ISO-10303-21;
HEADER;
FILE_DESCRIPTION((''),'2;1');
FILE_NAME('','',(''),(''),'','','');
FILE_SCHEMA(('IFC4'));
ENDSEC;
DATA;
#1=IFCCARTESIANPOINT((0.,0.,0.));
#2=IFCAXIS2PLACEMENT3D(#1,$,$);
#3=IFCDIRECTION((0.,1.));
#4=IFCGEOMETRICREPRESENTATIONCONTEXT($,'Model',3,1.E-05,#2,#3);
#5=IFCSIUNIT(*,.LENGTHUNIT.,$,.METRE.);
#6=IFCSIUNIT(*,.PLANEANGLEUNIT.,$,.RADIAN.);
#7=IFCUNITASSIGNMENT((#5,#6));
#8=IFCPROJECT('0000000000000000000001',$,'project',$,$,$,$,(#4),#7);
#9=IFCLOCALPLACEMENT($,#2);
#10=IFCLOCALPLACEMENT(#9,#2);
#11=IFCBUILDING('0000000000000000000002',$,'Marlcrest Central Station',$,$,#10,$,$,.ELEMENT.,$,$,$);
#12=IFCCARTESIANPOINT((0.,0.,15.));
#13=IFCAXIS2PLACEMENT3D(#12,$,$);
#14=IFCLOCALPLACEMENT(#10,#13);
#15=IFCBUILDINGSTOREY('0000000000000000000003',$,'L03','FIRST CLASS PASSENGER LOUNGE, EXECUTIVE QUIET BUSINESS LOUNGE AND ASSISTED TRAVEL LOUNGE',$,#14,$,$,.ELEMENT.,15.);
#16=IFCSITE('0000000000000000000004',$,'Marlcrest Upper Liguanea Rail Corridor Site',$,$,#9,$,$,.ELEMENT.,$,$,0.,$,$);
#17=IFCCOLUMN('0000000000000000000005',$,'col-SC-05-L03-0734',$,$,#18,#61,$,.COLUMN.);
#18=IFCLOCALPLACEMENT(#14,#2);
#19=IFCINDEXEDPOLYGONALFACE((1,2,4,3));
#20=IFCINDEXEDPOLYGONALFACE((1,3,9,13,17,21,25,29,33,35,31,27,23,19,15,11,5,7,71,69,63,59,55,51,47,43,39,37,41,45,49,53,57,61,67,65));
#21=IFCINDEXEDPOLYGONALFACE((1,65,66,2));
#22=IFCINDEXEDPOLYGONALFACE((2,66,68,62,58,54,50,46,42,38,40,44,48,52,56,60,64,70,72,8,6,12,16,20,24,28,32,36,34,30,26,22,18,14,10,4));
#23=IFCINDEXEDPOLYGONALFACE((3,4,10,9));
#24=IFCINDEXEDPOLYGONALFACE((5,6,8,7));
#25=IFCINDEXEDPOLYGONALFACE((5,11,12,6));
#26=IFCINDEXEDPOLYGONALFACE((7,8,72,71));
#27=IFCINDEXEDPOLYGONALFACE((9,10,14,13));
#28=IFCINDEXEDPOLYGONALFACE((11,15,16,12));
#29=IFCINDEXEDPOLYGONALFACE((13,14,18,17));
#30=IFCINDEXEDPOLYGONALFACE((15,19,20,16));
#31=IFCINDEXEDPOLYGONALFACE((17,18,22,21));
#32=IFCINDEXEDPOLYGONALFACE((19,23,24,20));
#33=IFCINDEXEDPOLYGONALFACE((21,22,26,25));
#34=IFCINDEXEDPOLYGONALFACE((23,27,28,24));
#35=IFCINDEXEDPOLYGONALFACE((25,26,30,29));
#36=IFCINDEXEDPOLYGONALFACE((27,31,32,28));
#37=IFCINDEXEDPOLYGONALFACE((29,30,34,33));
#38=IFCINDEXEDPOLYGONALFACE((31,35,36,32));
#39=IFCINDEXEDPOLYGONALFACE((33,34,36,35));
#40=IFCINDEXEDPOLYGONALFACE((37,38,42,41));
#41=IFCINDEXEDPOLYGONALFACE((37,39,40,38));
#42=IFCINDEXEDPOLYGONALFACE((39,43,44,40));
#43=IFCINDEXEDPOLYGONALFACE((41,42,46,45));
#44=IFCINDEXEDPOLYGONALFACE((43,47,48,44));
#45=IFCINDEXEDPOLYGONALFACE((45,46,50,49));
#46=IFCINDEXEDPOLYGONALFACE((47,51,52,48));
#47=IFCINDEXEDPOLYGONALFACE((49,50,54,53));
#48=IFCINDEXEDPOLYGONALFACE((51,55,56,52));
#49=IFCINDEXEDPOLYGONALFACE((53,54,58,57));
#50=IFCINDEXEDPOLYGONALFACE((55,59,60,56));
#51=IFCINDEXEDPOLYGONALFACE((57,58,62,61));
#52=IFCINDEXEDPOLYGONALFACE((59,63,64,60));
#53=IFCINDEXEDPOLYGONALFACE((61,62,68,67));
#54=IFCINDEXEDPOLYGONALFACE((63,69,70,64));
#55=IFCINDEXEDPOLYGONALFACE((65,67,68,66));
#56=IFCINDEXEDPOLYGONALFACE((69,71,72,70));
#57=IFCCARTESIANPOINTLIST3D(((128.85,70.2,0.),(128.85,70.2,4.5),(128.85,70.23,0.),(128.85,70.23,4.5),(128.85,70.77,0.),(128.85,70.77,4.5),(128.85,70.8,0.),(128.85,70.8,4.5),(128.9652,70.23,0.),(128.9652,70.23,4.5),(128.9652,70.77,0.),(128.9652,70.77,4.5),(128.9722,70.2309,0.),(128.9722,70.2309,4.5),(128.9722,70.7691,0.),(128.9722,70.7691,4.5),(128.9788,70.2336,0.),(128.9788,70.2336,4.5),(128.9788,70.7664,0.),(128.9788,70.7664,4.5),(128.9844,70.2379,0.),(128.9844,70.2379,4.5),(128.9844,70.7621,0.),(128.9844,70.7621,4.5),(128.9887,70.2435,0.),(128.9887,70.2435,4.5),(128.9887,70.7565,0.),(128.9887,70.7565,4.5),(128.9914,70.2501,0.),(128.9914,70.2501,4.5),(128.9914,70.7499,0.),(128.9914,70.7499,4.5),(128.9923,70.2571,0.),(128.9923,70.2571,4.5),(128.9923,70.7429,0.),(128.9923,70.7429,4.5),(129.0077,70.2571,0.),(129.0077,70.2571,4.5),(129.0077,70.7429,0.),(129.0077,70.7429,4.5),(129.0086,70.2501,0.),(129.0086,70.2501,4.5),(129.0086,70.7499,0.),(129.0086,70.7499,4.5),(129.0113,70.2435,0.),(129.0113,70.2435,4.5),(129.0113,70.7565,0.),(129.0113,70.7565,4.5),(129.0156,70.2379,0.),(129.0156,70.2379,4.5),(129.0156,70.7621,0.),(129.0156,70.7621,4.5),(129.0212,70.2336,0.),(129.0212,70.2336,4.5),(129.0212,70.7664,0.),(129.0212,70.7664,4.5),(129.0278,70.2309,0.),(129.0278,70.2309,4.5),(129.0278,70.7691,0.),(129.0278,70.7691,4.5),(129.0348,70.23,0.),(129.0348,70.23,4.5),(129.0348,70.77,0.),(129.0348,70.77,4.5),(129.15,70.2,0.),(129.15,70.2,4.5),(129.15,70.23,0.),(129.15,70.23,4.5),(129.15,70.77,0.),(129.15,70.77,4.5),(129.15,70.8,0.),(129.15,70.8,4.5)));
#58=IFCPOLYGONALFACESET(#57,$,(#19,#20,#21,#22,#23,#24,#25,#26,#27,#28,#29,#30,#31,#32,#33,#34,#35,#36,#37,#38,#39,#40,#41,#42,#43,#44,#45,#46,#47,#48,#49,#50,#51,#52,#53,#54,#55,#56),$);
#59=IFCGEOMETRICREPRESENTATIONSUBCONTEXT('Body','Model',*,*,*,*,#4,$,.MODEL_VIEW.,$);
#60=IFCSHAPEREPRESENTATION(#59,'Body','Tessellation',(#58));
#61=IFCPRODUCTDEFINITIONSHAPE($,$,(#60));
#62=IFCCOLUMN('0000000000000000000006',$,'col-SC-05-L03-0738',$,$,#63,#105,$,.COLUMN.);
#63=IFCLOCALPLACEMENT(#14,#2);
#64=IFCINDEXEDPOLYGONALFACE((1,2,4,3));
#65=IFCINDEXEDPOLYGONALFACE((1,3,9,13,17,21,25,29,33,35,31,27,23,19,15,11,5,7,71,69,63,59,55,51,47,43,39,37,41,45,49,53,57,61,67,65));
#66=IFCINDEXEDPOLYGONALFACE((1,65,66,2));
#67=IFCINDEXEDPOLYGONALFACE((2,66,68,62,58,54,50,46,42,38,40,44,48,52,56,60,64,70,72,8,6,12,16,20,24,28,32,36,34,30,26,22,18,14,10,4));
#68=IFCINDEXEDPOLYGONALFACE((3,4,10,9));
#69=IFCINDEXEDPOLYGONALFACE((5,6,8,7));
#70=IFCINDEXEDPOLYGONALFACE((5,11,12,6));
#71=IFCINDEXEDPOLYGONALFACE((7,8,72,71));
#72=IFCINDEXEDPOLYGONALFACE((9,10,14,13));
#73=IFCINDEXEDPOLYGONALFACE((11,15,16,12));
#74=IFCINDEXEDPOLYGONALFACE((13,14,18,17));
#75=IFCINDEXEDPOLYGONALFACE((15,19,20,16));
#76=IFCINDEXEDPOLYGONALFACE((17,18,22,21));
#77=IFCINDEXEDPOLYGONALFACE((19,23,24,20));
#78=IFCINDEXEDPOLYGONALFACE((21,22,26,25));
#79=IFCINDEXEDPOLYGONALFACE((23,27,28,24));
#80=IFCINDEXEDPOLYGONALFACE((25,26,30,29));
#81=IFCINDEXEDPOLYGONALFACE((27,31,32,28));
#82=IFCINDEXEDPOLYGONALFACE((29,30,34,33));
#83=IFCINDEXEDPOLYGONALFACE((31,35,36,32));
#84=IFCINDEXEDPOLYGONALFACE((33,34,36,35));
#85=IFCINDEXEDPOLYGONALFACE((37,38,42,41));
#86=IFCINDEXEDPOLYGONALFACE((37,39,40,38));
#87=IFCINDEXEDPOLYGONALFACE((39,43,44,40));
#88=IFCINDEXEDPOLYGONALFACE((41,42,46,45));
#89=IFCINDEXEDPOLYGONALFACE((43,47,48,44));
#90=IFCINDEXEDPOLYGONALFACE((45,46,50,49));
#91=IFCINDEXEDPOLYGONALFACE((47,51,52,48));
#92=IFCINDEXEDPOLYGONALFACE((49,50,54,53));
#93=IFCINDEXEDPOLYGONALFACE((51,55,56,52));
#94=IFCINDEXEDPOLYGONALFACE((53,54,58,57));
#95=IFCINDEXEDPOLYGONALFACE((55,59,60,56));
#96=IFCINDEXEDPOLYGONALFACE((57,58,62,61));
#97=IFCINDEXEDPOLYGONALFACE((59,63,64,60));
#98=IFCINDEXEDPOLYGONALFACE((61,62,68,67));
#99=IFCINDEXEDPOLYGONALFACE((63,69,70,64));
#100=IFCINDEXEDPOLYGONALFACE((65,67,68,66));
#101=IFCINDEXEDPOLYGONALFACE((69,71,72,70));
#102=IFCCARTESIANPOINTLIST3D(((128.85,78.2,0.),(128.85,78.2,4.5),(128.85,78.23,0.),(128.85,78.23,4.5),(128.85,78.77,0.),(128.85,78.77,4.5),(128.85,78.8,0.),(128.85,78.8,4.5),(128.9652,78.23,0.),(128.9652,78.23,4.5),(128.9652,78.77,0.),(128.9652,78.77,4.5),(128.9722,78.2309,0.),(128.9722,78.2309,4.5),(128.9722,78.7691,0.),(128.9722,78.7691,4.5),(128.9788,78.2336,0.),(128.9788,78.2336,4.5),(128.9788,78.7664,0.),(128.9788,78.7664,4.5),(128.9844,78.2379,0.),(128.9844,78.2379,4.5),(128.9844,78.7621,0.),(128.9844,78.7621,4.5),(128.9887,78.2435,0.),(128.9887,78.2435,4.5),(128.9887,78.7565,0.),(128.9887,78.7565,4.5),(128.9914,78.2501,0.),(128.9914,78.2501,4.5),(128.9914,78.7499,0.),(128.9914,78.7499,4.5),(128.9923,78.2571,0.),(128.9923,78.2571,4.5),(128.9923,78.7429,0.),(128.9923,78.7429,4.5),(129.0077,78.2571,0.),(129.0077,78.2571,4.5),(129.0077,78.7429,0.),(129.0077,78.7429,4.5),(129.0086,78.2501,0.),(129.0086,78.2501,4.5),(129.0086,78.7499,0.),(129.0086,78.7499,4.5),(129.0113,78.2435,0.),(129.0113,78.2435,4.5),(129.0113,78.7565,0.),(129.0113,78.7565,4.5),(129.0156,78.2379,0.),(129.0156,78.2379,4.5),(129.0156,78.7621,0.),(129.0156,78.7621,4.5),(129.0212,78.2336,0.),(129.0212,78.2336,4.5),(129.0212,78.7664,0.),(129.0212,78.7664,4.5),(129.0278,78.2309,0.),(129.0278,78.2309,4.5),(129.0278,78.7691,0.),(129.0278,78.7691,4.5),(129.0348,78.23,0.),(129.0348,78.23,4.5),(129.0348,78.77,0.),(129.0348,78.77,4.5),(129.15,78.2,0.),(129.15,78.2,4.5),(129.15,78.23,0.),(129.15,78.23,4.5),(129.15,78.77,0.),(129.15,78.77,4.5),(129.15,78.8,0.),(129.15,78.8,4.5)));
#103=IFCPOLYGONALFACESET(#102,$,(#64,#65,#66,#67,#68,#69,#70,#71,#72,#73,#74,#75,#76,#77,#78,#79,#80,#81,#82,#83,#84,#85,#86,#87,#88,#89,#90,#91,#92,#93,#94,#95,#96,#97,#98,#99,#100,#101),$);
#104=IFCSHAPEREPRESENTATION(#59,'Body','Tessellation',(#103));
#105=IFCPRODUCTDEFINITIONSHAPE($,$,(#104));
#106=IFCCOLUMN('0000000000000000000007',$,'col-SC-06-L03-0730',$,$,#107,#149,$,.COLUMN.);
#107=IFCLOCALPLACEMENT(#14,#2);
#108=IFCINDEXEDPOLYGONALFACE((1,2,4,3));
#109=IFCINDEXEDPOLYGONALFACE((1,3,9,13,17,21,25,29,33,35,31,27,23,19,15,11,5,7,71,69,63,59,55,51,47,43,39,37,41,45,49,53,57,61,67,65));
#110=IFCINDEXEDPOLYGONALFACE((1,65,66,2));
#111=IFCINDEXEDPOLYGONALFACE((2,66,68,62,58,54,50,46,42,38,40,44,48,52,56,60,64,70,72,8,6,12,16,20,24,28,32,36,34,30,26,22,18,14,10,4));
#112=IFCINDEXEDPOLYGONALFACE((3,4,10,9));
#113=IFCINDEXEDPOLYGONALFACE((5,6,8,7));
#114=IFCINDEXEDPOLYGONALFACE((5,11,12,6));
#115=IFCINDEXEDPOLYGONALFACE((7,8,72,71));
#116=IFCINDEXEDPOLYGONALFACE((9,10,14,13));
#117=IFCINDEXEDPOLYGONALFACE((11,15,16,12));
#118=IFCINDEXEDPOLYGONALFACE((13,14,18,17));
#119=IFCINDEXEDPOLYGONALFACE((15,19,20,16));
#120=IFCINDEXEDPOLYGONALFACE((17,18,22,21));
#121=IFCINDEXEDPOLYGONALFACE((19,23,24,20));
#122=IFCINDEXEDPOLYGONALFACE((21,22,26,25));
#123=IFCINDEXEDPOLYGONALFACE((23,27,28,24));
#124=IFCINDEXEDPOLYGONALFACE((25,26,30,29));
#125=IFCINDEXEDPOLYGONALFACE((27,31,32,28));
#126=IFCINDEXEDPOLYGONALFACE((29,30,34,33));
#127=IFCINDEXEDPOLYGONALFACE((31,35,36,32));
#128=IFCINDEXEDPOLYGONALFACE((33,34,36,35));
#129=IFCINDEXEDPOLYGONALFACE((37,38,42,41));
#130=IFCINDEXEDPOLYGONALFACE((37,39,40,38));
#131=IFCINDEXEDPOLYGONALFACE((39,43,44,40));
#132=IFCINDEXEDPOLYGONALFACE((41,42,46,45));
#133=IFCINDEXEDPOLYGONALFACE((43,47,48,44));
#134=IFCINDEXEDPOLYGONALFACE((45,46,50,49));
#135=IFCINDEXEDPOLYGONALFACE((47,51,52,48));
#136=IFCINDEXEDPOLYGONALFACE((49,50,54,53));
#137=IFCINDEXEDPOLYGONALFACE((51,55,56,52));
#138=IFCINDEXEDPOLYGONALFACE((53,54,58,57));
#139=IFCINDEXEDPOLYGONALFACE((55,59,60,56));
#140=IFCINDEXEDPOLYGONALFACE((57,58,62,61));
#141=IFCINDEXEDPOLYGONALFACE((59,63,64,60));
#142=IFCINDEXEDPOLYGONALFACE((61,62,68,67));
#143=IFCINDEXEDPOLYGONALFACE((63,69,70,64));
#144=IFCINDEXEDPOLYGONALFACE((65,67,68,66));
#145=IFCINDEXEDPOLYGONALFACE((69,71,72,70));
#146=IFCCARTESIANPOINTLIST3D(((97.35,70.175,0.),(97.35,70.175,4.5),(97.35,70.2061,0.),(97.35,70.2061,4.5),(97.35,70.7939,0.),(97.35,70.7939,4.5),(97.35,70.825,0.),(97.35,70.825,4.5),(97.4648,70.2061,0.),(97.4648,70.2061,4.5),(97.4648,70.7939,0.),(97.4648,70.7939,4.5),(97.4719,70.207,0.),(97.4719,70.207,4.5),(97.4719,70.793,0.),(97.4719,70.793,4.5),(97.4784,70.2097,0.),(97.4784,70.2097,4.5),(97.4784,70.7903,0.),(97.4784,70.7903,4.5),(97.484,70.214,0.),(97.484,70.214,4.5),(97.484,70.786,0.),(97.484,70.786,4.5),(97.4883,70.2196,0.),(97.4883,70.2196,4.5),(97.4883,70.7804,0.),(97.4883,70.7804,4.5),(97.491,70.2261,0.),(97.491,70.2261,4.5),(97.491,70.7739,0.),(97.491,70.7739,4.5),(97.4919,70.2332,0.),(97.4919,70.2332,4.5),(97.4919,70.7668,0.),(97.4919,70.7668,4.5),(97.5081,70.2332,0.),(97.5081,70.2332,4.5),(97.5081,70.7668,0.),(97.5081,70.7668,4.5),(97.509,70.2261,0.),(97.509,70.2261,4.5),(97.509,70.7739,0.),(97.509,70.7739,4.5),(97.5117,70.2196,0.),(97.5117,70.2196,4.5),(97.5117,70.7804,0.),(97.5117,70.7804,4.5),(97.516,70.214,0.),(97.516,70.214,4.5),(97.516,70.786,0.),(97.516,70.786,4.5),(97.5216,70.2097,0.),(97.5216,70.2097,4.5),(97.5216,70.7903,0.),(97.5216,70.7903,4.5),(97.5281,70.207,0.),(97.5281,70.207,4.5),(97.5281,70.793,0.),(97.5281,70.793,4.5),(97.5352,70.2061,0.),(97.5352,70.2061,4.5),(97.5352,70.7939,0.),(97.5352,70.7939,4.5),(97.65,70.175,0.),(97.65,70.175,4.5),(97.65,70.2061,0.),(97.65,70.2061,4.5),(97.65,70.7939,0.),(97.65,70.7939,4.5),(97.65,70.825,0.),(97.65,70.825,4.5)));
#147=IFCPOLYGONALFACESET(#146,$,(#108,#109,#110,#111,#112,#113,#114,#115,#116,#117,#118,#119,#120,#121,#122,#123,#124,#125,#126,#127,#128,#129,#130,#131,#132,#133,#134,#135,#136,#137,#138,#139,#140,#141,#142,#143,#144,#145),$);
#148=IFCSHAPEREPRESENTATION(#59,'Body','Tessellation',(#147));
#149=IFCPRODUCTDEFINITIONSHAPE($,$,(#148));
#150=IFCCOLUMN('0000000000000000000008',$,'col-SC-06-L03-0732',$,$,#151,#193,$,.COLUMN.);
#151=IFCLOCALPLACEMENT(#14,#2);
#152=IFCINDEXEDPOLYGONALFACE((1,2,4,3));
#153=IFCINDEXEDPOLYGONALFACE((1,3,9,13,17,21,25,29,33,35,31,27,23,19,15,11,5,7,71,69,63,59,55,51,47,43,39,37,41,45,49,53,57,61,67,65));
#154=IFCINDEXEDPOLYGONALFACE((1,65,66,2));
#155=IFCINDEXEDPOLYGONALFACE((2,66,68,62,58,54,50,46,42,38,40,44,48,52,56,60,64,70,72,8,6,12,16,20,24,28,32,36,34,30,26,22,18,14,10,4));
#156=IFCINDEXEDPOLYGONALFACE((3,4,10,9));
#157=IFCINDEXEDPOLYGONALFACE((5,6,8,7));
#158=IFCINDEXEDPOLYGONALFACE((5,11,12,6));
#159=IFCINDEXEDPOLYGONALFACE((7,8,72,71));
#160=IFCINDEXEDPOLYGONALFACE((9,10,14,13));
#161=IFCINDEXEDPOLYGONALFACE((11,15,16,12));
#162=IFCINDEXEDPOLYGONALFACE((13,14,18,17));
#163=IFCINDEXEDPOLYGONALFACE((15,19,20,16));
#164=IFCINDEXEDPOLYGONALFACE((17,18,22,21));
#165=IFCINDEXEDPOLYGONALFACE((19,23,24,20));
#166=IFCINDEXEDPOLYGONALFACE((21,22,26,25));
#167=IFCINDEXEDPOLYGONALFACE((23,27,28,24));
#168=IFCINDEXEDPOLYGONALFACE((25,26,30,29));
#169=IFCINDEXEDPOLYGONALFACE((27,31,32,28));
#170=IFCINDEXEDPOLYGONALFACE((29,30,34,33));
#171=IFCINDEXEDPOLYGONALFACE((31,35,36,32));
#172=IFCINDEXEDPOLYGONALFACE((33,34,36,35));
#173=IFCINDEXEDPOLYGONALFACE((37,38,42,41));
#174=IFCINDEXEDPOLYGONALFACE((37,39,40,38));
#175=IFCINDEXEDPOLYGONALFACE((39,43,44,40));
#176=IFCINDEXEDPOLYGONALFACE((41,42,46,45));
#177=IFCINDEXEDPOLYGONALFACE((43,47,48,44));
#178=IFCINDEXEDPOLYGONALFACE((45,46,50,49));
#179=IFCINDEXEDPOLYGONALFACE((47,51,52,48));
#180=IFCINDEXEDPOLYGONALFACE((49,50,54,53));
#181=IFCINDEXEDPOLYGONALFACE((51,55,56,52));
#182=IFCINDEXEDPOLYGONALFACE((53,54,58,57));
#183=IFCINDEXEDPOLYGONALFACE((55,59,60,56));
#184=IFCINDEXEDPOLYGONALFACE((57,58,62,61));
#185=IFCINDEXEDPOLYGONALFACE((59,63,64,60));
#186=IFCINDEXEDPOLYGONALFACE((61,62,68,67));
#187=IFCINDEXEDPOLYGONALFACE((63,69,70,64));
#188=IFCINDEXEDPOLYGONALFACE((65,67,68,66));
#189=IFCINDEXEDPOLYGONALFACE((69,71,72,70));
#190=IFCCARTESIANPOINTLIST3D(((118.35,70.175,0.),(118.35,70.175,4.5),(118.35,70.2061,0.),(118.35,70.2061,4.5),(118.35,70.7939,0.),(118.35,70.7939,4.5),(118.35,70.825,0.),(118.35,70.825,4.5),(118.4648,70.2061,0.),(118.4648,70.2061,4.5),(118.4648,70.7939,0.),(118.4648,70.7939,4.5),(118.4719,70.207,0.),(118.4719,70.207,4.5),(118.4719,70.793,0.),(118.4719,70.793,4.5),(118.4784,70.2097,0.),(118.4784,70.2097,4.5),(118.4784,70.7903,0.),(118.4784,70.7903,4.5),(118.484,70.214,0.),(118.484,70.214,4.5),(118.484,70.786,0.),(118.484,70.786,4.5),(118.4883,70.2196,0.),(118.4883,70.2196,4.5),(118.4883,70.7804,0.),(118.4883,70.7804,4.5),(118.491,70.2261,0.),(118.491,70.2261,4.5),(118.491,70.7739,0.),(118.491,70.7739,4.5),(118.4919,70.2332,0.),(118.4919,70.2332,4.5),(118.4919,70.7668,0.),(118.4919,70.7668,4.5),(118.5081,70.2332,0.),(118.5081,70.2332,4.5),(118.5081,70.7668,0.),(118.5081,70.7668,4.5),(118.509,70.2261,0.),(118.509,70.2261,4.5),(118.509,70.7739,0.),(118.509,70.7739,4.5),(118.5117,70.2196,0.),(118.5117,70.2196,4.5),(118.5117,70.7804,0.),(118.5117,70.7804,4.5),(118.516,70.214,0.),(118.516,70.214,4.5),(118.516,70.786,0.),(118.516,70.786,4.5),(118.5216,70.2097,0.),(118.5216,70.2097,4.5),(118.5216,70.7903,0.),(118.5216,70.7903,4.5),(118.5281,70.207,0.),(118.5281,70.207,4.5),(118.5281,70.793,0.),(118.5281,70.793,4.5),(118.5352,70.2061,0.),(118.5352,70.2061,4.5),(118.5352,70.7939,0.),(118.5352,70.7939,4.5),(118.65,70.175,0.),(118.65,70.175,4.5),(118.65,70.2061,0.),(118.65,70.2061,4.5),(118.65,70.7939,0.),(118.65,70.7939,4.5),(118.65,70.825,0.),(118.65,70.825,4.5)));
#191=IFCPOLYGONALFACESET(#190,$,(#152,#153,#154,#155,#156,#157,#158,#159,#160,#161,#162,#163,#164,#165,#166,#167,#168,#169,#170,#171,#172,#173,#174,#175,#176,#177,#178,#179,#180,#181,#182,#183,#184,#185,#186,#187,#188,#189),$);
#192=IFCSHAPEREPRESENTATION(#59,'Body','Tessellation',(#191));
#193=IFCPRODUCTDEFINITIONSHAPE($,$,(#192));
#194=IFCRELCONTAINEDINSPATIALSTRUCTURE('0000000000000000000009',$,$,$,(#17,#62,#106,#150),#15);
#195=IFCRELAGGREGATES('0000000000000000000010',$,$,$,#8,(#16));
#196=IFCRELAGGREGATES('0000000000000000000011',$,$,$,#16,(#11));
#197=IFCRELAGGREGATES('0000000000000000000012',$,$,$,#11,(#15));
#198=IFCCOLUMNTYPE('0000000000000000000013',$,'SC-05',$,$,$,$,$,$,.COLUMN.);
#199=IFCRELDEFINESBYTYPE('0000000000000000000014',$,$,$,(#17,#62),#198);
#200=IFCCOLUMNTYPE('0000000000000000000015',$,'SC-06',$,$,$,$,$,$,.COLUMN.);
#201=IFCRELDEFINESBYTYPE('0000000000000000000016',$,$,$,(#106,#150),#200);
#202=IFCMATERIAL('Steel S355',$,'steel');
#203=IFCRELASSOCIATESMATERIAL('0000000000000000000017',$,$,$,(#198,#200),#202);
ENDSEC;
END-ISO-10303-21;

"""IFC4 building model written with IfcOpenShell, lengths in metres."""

from ifc_helpers import new_model, si_unit, direction, frame, origin, origin_2d, place, context, subcontext, project, spatial, i_section, extrude, material, material_profile, profile_set, type_object, element, save


model = new_model("IFC4")

# Units and contexts
model_context = context("Model", 3, precision=1e-05, world=origin(), true_north=direction((0.0, 1.0)))
body_context = subcontext(model_context, "Body", "Model", "MODEL_VIEW")
ifc_project = project(units=[si_unit("LENGTHUNIT", "METRE"), si_unit("PLANEANGLEUNIT", "RADIAN")], contexts=[model_context])

# Site, building, storey
site_placement = place(None, origin())
site = spatial("IfcSite", under=ifc_project, at=site_placement, Name="Marlcrest Upper Liguanea Rail Corridor Site", CompositionType="ELEMENT", RefElevation=0.0)
building_placement = place(site_placement, origin())
building = spatial("IfcBuilding", under=site, at=building_placement, Name="Marlcrest Central Station", CompositionType="ELEMENT")
storey_placement = place(building_placement, frame((0.0, 0.0, 15.0)))
storey = spatial("IfcBuildingStorey", under=building, at=storey_placement, Name="L03", Description="FIRST CLASS PASSENGER LOUNGE, EXECUTIVE QUIET BUSINESS LOUNGE AND ASSISTED TRAVEL LOUNGE", CompositionType="ELEMENT", Elevation=15.0)

# Columns
ifc_material_1 = material(Name="Steel S355", Category="steel")
ifc_material_profile_1 = material_profile(ifc_material_1, i_section(OverallWidth=0.3, OverallDepth=0.6001, WebThickness=0.0154, FlangeThickness=0.03, FilletRadius=0.0271, at=origin_2d()), Name="HEB 600")
ifc_profile_set_1 = profile_set([ifc_material_profile_1], Name="Steel S355")
column_type_1 = type_object("IfcColumnType", Name="SC-05", PredefinedType="COLUMN", material=ifc_profile_set_1)
for number, where, z_axis, x_axis, name in (
    (1, (129.0, 70.5, 0.0), (0.0, 0.0, 1.0), (1.0, 0.0, 0.0), "col-SC-05-L03-0734"),
    (2, (129.0, 78.5, 0.0), (0.0, 0.0, 1.0), (1.0, 0.0, 0.0), "col-SC-05-L03-0738"),
):
    element("IfcColumn", number, at=place(storey_placement, frame(where, z_axis=z_axis, x_axis=x_axis)), inside=storey, type_object=column_type_1, Name=name, PredefinedType="COLUMN", context=body_context, shape_type="SweptSolid", body=[
        extrude(i_section(OverallWidth=0.3, OverallDepth=0.6001, WebThickness=0.0154, FlangeThickness=0.03, FilletRadius=0.0271, at=origin_2d()), origin(), (0.0, 0.0, 1.0), 4.5),
    ])
ifc_material_profile_2 = material_profile(ifc_material_1, i_section(OverallWidth=0.3, OverallDepth=0.6499, WebThickness=0.0161, FlangeThickness=0.031, FilletRadius=0.0271, at=origin_2d()), Name="HEB 650")
ifc_profile_set_2 = profile_set([ifc_material_profile_2], Name="Steel S355")
column_type_2 = type_object("IfcColumnType", Name="SC-06", PredefinedType="COLUMN", material=ifc_profile_set_2)
for number, where, z_axis, x_axis, name in (
    (3, (97.5, 70.5, 0.0), (0.0, 0.0, 1.0), (1.0, 0.0, 0.0), "col-SC-06-L03-0730"),
    (4, (118.5, 70.5, 0.0), (0.0, 0.0, 1.0), (1.0, 0.0, 0.0), "col-SC-06-L03-0732"),
):
    element("IfcColumn", number, at=place(storey_placement, frame(where, z_axis=z_axis, x_axis=x_axis)), inside=storey, type_object=column_type_2, Name=name, PredefinedType="COLUMN", context=body_context, shape_type="SweptSolid", body=[
        extrude(i_section(OverallWidth=0.3, OverallDepth=0.6499, WebThickness=0.0161, FlangeThickness=0.031, FilletRadius=0.0271, at=origin_2d()), origin(), (0.0, 0.0, 1.0), 4.5),
    ])

save(model, "model.ifc")
